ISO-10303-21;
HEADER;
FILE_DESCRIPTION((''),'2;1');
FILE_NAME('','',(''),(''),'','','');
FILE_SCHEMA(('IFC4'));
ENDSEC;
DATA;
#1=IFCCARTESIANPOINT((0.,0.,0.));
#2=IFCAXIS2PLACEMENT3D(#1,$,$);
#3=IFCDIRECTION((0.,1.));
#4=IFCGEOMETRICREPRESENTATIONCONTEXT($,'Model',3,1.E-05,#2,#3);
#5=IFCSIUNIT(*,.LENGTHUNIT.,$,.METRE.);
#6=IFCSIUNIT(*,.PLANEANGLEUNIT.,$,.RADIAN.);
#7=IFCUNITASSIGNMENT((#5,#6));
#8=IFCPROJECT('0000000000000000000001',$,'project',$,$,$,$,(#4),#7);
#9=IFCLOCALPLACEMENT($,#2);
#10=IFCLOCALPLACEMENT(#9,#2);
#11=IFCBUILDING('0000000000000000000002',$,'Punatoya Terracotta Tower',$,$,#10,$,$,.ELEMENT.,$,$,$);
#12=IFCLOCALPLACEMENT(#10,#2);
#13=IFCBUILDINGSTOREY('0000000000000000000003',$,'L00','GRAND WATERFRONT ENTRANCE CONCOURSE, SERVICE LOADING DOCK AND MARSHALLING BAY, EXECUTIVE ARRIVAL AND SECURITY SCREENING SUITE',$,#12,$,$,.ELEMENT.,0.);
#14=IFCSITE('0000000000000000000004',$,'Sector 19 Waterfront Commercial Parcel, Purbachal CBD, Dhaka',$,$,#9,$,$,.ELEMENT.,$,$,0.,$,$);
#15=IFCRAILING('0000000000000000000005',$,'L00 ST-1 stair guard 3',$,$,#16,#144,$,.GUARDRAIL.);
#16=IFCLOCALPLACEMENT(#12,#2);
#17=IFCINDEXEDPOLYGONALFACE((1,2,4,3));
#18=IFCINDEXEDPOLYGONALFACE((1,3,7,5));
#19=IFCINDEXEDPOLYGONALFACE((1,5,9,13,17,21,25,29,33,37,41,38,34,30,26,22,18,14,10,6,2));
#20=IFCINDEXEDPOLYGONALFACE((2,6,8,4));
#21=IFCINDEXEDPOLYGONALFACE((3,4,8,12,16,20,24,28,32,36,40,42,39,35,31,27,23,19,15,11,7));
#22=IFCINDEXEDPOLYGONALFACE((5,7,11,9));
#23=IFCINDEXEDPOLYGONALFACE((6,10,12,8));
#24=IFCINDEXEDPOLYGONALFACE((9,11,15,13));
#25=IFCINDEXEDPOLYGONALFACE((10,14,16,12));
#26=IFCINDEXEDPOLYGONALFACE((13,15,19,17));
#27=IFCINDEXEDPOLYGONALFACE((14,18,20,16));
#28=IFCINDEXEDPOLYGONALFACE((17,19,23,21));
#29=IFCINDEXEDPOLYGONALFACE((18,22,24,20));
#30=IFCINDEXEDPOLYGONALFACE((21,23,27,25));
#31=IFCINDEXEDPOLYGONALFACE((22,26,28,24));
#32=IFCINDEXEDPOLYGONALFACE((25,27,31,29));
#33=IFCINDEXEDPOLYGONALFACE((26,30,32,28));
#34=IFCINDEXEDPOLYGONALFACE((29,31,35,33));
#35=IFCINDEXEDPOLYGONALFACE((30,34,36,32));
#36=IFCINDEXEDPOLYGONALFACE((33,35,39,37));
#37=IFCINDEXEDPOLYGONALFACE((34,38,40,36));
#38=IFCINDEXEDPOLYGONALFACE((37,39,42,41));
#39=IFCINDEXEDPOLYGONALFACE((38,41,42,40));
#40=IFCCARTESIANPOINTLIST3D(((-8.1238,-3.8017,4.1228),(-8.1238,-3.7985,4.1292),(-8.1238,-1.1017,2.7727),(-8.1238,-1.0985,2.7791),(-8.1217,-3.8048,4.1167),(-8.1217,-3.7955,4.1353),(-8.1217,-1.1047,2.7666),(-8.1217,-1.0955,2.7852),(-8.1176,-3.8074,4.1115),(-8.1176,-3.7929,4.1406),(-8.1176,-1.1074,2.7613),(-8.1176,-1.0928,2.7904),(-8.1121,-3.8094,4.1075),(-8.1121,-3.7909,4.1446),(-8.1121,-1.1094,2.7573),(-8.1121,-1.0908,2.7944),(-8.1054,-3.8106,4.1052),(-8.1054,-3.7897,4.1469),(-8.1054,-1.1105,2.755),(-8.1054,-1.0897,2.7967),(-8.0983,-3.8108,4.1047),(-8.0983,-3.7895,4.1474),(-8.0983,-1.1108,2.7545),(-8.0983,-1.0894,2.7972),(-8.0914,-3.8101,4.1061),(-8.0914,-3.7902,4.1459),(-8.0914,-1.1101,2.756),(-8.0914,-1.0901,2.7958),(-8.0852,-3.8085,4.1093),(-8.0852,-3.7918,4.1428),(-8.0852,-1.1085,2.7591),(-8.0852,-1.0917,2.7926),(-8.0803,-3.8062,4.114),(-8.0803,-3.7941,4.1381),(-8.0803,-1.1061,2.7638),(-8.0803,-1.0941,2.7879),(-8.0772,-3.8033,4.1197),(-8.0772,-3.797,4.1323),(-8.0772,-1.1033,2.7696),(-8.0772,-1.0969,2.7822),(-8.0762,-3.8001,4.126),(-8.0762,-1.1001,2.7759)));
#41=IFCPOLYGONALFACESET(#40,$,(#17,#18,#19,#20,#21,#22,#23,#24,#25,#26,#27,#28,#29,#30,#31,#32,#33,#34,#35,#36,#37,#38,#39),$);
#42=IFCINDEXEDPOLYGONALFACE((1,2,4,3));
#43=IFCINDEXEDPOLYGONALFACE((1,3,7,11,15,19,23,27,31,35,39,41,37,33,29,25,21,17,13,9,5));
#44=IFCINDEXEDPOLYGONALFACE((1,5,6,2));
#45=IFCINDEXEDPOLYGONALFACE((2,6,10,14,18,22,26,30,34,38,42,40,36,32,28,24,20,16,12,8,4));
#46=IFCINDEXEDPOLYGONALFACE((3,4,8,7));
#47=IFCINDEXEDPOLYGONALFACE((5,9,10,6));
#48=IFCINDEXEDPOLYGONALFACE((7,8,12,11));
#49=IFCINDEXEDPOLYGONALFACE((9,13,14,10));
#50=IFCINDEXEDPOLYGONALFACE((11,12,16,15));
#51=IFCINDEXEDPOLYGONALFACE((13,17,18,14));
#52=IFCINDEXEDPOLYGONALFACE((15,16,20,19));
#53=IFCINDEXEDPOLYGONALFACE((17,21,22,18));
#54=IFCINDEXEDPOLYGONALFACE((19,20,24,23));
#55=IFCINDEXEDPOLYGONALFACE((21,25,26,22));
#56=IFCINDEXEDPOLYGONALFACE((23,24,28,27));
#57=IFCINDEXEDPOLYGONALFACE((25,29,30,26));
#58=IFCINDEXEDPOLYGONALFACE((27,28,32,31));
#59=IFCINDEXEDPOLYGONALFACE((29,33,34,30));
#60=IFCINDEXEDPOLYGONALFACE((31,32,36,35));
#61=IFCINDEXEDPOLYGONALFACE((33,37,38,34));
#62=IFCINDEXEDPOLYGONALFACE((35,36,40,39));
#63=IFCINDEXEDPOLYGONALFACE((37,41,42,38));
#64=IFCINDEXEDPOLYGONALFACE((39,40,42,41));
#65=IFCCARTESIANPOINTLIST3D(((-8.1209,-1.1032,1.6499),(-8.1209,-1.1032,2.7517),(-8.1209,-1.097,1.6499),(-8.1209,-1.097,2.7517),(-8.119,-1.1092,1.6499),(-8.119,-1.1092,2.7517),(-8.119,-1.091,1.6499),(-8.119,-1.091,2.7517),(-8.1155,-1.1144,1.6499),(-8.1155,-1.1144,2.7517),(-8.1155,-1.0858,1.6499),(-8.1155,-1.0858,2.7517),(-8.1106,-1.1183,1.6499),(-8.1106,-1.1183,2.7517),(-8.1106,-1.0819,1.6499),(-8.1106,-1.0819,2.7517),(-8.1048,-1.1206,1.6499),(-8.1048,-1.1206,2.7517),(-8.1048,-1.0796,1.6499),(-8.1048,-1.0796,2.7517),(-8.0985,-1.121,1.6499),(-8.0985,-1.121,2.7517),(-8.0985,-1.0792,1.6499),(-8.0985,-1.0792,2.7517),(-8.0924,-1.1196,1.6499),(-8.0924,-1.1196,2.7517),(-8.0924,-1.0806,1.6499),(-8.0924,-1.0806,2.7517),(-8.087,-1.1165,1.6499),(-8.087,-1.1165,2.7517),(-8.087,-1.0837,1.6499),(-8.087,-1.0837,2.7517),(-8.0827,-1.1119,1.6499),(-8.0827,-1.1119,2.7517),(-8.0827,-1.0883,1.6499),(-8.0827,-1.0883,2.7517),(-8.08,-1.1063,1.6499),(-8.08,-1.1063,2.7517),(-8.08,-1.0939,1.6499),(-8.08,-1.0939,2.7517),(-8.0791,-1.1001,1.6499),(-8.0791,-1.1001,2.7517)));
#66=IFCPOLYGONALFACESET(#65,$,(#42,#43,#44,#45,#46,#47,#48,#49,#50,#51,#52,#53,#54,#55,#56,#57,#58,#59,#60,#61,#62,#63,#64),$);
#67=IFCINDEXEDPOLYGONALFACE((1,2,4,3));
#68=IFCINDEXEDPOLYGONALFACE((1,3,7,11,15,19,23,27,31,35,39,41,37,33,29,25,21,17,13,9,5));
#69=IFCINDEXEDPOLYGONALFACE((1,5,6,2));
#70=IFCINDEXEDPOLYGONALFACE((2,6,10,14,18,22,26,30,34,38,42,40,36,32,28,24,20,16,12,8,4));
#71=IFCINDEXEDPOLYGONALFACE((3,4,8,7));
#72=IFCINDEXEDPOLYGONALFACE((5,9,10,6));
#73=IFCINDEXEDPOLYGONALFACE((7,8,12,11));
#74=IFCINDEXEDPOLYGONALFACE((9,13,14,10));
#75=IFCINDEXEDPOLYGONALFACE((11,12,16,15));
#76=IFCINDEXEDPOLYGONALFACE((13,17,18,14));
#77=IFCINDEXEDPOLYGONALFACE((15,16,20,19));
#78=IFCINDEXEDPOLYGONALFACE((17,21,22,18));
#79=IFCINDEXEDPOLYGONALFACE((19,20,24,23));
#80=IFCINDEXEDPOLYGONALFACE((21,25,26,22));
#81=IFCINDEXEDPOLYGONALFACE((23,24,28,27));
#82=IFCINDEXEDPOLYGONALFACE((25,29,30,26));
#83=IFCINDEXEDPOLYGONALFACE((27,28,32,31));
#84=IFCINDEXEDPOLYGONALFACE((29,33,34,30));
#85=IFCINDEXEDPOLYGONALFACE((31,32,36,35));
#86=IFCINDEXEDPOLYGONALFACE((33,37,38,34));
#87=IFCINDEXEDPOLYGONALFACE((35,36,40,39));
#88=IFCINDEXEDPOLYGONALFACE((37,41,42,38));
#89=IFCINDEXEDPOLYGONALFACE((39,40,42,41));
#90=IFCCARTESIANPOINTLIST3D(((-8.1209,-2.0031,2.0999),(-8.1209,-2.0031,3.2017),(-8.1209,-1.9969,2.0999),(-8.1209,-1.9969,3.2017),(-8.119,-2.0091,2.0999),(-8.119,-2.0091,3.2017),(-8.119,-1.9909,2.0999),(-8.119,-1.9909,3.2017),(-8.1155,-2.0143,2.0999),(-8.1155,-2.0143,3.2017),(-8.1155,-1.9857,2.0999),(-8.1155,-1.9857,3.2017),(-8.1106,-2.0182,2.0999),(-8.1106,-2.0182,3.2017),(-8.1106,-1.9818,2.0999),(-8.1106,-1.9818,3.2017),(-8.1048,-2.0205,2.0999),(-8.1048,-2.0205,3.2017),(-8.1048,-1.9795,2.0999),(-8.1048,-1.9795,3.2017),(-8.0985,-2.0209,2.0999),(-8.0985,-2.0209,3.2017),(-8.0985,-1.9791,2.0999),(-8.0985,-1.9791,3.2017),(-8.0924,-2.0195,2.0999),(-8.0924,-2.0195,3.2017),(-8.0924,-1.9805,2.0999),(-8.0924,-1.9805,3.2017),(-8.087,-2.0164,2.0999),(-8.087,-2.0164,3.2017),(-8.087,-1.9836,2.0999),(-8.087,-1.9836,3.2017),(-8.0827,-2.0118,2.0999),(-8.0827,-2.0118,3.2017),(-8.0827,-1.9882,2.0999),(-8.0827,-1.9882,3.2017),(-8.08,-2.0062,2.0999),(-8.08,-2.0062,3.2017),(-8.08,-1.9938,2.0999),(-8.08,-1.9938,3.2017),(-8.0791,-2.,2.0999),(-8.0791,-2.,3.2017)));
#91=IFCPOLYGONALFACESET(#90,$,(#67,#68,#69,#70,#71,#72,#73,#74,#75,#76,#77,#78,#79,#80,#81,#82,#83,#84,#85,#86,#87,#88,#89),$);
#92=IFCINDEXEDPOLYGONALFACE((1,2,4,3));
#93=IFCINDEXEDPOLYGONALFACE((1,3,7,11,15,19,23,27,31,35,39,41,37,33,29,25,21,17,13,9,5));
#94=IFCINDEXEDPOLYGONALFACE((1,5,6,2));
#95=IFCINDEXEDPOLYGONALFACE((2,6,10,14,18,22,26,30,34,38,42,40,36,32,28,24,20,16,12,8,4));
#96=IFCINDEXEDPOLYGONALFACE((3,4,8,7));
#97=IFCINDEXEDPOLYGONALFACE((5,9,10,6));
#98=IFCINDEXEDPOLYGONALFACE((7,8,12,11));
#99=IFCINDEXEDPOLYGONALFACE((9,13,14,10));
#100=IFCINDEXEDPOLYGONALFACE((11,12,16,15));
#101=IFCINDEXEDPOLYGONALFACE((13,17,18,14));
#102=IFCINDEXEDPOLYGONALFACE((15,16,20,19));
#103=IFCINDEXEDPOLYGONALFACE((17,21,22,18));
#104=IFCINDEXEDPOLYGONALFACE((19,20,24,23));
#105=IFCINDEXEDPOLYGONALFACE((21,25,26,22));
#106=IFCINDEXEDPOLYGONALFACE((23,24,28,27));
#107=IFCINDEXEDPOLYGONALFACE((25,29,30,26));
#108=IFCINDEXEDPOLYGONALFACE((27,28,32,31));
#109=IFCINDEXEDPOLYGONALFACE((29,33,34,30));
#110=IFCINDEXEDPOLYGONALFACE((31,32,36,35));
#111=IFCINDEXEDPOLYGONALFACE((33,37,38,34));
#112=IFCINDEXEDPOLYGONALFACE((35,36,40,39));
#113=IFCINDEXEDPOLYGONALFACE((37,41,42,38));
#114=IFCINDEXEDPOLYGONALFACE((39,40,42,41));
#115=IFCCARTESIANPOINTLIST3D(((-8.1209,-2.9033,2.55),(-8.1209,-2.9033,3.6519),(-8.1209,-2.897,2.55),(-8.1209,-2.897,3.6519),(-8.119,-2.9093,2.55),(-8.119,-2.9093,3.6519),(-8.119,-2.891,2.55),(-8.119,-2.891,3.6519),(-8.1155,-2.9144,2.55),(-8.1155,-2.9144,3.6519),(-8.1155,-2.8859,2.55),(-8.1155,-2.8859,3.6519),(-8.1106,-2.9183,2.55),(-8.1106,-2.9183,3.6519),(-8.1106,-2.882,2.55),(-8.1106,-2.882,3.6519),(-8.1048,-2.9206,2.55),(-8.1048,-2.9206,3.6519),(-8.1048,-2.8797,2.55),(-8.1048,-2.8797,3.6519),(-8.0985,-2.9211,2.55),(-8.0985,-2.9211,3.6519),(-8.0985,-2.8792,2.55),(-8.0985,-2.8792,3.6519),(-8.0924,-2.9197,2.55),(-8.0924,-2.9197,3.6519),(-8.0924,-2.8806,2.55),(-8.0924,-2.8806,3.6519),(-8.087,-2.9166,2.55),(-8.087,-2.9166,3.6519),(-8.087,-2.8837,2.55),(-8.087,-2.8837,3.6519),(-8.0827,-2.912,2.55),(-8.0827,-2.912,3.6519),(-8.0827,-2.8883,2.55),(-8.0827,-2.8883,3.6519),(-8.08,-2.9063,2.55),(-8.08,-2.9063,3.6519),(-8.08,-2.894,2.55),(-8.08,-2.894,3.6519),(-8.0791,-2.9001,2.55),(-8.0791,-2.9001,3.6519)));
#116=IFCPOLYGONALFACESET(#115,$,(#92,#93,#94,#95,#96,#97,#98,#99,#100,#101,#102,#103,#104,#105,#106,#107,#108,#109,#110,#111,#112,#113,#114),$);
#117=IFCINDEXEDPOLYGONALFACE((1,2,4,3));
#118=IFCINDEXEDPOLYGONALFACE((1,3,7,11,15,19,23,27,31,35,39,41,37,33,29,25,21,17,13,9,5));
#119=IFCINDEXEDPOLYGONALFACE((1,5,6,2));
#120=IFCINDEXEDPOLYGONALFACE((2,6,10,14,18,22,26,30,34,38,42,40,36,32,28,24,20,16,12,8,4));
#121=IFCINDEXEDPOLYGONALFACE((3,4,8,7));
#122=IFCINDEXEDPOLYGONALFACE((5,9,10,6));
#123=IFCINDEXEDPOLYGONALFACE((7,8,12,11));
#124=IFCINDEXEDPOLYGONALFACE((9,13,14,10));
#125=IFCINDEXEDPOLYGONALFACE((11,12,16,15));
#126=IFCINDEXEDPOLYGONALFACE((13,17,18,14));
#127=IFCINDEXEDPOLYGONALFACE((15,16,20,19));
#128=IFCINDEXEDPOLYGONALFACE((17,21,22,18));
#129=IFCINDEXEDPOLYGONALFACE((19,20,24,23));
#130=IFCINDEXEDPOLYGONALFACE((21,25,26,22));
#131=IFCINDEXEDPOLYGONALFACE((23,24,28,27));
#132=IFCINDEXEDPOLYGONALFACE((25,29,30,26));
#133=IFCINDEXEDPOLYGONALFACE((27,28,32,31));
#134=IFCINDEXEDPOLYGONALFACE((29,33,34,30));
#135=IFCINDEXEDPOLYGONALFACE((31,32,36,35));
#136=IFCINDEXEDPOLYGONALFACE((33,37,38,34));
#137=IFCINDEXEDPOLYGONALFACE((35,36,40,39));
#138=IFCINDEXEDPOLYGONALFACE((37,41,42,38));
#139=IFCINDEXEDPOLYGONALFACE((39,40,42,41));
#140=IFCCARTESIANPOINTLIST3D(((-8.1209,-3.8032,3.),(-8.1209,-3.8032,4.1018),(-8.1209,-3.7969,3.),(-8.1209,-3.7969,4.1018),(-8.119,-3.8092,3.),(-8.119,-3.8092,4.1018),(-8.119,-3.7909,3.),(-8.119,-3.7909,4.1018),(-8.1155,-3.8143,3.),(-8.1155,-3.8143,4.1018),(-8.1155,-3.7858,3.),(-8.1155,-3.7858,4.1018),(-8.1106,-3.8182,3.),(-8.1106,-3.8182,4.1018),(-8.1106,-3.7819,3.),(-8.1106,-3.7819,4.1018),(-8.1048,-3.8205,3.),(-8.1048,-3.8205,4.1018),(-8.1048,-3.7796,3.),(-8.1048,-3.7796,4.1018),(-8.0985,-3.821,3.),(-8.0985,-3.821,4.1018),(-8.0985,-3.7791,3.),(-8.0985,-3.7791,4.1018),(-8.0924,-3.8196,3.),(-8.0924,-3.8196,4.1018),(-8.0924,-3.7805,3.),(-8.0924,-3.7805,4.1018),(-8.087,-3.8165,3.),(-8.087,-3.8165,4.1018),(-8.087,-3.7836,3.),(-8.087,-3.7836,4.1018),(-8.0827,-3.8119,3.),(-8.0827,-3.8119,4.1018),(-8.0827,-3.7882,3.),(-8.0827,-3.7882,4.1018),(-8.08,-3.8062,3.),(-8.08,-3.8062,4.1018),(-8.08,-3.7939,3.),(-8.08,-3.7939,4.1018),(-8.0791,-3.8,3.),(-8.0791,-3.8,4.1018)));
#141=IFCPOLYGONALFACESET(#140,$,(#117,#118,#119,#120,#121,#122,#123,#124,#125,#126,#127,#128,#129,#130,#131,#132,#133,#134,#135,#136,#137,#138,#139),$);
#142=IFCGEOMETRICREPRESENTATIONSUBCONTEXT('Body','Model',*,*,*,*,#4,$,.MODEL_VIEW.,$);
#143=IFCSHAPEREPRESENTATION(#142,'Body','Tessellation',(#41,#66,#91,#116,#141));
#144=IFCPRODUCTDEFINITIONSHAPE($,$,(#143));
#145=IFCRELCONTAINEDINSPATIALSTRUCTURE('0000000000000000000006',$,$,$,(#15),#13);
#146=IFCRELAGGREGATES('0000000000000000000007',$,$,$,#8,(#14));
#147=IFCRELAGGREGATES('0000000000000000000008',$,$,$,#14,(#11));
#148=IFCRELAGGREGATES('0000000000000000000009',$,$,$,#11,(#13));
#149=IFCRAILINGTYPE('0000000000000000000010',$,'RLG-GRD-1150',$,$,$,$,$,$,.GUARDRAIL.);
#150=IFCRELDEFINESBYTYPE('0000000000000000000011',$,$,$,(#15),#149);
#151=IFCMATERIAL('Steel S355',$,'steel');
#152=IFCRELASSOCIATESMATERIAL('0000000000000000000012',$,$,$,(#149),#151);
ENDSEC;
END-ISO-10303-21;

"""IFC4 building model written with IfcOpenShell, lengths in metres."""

from ifc_helpers import new_model, si_unit, direction, frame, origin, origin_2d, place, context, subcontext, project, spatial, circle, extrude, material, type_object, element, save


model = new_model("IFC4")

# Units and contexts
model_context = context("Model", 3, precision=1e-05, world=origin(), true_north=direction((0.0, 1.0)))
body_context = subcontext(model_context, "Body", "Model", "MODEL_VIEW")
ifc_project = project(units=[si_unit("LENGTHUNIT", "METRE"), si_unit("PLANEANGLEUNIT", "RADIAN")], contexts=[model_context])

# Site, building, storey
site_placement = place(None, origin())
site = spatial("IfcSite", under=ifc_project, at=site_placement, Name="Sector 19 Waterfront Commercial Parcel, Purbachal CBD, Dhaka", CompositionType="ELEMENT", RefElevation=0.0)
building_placement = place(site_placement, origin())
building = spatial("IfcBuilding", under=site, at=building_placement, Name="Punatoya Terracotta Tower", CompositionType="ELEMENT")
storey_placement = place(building_placement, origin())
storey = spatial("IfcBuildingStorey", under=building, at=storey_placement, Name="L00", Description="GRAND WATERFRONT ENTRANCE CONCOURSE, SERVICE LOADING DOCK AND MARSHALLING BAY, EXECUTIVE ARRIVAL AND SECURITY SCREENING SUITE", CompositionType="ELEMENT", Elevation=0.0)

# Shared definitions
ifc_material_1 = material(Name="Steel S355", Category="steel")

# Railing
railing_type_1 = type_object("IfcRailingType", Name="RLG-GRD-1150", PredefinedType="GUARDRAIL", material=ifc_material_1)
railing_1_placement = place(storey_placement, frame((-8.1001, -1.1001, 1.6499)))
element("IfcRailing", 1, at=railing_1_placement, inside=storey, type_object=railing_type_1, Name="L00 ST-1 stair guard 3", PredefinedType="GUARDRAIL", context=body_context, shape_type="SweptSolid", body=[
    extrude(circle(Radius=0.0239, at=origin_2d()), frame((0.0, 0.0, 1.126), z_axis=(0.0, -0.894411, 0.447246), x_axis=(1.0, 0.0, 0.0)), (0.0, 0.0, 1.0), 3.0188),
    extrude(circle(Radius=0.021, at=origin_2d()), origin(), (0.0, 0.0, 1.0), 1.1018),
    extrude(circle(Radius=0.021, at=origin_2d()), frame((0.0, -0.8999, 0.45)), (0.0, 0.0, 1.0), 1.1018),
    extrude(circle(Radius=0.021, at=origin_2d()), frame((0.0, -1.8, 0.9001)), (0.0, 0.0, 1.0), 1.1018),
    extrude(circle(Radius=0.021, at=origin_2d()), frame((0.0, -2.7, 1.3501)), (0.0, 0.0, 1.0), 1.1018),
])

save(model, "model.ifc")
